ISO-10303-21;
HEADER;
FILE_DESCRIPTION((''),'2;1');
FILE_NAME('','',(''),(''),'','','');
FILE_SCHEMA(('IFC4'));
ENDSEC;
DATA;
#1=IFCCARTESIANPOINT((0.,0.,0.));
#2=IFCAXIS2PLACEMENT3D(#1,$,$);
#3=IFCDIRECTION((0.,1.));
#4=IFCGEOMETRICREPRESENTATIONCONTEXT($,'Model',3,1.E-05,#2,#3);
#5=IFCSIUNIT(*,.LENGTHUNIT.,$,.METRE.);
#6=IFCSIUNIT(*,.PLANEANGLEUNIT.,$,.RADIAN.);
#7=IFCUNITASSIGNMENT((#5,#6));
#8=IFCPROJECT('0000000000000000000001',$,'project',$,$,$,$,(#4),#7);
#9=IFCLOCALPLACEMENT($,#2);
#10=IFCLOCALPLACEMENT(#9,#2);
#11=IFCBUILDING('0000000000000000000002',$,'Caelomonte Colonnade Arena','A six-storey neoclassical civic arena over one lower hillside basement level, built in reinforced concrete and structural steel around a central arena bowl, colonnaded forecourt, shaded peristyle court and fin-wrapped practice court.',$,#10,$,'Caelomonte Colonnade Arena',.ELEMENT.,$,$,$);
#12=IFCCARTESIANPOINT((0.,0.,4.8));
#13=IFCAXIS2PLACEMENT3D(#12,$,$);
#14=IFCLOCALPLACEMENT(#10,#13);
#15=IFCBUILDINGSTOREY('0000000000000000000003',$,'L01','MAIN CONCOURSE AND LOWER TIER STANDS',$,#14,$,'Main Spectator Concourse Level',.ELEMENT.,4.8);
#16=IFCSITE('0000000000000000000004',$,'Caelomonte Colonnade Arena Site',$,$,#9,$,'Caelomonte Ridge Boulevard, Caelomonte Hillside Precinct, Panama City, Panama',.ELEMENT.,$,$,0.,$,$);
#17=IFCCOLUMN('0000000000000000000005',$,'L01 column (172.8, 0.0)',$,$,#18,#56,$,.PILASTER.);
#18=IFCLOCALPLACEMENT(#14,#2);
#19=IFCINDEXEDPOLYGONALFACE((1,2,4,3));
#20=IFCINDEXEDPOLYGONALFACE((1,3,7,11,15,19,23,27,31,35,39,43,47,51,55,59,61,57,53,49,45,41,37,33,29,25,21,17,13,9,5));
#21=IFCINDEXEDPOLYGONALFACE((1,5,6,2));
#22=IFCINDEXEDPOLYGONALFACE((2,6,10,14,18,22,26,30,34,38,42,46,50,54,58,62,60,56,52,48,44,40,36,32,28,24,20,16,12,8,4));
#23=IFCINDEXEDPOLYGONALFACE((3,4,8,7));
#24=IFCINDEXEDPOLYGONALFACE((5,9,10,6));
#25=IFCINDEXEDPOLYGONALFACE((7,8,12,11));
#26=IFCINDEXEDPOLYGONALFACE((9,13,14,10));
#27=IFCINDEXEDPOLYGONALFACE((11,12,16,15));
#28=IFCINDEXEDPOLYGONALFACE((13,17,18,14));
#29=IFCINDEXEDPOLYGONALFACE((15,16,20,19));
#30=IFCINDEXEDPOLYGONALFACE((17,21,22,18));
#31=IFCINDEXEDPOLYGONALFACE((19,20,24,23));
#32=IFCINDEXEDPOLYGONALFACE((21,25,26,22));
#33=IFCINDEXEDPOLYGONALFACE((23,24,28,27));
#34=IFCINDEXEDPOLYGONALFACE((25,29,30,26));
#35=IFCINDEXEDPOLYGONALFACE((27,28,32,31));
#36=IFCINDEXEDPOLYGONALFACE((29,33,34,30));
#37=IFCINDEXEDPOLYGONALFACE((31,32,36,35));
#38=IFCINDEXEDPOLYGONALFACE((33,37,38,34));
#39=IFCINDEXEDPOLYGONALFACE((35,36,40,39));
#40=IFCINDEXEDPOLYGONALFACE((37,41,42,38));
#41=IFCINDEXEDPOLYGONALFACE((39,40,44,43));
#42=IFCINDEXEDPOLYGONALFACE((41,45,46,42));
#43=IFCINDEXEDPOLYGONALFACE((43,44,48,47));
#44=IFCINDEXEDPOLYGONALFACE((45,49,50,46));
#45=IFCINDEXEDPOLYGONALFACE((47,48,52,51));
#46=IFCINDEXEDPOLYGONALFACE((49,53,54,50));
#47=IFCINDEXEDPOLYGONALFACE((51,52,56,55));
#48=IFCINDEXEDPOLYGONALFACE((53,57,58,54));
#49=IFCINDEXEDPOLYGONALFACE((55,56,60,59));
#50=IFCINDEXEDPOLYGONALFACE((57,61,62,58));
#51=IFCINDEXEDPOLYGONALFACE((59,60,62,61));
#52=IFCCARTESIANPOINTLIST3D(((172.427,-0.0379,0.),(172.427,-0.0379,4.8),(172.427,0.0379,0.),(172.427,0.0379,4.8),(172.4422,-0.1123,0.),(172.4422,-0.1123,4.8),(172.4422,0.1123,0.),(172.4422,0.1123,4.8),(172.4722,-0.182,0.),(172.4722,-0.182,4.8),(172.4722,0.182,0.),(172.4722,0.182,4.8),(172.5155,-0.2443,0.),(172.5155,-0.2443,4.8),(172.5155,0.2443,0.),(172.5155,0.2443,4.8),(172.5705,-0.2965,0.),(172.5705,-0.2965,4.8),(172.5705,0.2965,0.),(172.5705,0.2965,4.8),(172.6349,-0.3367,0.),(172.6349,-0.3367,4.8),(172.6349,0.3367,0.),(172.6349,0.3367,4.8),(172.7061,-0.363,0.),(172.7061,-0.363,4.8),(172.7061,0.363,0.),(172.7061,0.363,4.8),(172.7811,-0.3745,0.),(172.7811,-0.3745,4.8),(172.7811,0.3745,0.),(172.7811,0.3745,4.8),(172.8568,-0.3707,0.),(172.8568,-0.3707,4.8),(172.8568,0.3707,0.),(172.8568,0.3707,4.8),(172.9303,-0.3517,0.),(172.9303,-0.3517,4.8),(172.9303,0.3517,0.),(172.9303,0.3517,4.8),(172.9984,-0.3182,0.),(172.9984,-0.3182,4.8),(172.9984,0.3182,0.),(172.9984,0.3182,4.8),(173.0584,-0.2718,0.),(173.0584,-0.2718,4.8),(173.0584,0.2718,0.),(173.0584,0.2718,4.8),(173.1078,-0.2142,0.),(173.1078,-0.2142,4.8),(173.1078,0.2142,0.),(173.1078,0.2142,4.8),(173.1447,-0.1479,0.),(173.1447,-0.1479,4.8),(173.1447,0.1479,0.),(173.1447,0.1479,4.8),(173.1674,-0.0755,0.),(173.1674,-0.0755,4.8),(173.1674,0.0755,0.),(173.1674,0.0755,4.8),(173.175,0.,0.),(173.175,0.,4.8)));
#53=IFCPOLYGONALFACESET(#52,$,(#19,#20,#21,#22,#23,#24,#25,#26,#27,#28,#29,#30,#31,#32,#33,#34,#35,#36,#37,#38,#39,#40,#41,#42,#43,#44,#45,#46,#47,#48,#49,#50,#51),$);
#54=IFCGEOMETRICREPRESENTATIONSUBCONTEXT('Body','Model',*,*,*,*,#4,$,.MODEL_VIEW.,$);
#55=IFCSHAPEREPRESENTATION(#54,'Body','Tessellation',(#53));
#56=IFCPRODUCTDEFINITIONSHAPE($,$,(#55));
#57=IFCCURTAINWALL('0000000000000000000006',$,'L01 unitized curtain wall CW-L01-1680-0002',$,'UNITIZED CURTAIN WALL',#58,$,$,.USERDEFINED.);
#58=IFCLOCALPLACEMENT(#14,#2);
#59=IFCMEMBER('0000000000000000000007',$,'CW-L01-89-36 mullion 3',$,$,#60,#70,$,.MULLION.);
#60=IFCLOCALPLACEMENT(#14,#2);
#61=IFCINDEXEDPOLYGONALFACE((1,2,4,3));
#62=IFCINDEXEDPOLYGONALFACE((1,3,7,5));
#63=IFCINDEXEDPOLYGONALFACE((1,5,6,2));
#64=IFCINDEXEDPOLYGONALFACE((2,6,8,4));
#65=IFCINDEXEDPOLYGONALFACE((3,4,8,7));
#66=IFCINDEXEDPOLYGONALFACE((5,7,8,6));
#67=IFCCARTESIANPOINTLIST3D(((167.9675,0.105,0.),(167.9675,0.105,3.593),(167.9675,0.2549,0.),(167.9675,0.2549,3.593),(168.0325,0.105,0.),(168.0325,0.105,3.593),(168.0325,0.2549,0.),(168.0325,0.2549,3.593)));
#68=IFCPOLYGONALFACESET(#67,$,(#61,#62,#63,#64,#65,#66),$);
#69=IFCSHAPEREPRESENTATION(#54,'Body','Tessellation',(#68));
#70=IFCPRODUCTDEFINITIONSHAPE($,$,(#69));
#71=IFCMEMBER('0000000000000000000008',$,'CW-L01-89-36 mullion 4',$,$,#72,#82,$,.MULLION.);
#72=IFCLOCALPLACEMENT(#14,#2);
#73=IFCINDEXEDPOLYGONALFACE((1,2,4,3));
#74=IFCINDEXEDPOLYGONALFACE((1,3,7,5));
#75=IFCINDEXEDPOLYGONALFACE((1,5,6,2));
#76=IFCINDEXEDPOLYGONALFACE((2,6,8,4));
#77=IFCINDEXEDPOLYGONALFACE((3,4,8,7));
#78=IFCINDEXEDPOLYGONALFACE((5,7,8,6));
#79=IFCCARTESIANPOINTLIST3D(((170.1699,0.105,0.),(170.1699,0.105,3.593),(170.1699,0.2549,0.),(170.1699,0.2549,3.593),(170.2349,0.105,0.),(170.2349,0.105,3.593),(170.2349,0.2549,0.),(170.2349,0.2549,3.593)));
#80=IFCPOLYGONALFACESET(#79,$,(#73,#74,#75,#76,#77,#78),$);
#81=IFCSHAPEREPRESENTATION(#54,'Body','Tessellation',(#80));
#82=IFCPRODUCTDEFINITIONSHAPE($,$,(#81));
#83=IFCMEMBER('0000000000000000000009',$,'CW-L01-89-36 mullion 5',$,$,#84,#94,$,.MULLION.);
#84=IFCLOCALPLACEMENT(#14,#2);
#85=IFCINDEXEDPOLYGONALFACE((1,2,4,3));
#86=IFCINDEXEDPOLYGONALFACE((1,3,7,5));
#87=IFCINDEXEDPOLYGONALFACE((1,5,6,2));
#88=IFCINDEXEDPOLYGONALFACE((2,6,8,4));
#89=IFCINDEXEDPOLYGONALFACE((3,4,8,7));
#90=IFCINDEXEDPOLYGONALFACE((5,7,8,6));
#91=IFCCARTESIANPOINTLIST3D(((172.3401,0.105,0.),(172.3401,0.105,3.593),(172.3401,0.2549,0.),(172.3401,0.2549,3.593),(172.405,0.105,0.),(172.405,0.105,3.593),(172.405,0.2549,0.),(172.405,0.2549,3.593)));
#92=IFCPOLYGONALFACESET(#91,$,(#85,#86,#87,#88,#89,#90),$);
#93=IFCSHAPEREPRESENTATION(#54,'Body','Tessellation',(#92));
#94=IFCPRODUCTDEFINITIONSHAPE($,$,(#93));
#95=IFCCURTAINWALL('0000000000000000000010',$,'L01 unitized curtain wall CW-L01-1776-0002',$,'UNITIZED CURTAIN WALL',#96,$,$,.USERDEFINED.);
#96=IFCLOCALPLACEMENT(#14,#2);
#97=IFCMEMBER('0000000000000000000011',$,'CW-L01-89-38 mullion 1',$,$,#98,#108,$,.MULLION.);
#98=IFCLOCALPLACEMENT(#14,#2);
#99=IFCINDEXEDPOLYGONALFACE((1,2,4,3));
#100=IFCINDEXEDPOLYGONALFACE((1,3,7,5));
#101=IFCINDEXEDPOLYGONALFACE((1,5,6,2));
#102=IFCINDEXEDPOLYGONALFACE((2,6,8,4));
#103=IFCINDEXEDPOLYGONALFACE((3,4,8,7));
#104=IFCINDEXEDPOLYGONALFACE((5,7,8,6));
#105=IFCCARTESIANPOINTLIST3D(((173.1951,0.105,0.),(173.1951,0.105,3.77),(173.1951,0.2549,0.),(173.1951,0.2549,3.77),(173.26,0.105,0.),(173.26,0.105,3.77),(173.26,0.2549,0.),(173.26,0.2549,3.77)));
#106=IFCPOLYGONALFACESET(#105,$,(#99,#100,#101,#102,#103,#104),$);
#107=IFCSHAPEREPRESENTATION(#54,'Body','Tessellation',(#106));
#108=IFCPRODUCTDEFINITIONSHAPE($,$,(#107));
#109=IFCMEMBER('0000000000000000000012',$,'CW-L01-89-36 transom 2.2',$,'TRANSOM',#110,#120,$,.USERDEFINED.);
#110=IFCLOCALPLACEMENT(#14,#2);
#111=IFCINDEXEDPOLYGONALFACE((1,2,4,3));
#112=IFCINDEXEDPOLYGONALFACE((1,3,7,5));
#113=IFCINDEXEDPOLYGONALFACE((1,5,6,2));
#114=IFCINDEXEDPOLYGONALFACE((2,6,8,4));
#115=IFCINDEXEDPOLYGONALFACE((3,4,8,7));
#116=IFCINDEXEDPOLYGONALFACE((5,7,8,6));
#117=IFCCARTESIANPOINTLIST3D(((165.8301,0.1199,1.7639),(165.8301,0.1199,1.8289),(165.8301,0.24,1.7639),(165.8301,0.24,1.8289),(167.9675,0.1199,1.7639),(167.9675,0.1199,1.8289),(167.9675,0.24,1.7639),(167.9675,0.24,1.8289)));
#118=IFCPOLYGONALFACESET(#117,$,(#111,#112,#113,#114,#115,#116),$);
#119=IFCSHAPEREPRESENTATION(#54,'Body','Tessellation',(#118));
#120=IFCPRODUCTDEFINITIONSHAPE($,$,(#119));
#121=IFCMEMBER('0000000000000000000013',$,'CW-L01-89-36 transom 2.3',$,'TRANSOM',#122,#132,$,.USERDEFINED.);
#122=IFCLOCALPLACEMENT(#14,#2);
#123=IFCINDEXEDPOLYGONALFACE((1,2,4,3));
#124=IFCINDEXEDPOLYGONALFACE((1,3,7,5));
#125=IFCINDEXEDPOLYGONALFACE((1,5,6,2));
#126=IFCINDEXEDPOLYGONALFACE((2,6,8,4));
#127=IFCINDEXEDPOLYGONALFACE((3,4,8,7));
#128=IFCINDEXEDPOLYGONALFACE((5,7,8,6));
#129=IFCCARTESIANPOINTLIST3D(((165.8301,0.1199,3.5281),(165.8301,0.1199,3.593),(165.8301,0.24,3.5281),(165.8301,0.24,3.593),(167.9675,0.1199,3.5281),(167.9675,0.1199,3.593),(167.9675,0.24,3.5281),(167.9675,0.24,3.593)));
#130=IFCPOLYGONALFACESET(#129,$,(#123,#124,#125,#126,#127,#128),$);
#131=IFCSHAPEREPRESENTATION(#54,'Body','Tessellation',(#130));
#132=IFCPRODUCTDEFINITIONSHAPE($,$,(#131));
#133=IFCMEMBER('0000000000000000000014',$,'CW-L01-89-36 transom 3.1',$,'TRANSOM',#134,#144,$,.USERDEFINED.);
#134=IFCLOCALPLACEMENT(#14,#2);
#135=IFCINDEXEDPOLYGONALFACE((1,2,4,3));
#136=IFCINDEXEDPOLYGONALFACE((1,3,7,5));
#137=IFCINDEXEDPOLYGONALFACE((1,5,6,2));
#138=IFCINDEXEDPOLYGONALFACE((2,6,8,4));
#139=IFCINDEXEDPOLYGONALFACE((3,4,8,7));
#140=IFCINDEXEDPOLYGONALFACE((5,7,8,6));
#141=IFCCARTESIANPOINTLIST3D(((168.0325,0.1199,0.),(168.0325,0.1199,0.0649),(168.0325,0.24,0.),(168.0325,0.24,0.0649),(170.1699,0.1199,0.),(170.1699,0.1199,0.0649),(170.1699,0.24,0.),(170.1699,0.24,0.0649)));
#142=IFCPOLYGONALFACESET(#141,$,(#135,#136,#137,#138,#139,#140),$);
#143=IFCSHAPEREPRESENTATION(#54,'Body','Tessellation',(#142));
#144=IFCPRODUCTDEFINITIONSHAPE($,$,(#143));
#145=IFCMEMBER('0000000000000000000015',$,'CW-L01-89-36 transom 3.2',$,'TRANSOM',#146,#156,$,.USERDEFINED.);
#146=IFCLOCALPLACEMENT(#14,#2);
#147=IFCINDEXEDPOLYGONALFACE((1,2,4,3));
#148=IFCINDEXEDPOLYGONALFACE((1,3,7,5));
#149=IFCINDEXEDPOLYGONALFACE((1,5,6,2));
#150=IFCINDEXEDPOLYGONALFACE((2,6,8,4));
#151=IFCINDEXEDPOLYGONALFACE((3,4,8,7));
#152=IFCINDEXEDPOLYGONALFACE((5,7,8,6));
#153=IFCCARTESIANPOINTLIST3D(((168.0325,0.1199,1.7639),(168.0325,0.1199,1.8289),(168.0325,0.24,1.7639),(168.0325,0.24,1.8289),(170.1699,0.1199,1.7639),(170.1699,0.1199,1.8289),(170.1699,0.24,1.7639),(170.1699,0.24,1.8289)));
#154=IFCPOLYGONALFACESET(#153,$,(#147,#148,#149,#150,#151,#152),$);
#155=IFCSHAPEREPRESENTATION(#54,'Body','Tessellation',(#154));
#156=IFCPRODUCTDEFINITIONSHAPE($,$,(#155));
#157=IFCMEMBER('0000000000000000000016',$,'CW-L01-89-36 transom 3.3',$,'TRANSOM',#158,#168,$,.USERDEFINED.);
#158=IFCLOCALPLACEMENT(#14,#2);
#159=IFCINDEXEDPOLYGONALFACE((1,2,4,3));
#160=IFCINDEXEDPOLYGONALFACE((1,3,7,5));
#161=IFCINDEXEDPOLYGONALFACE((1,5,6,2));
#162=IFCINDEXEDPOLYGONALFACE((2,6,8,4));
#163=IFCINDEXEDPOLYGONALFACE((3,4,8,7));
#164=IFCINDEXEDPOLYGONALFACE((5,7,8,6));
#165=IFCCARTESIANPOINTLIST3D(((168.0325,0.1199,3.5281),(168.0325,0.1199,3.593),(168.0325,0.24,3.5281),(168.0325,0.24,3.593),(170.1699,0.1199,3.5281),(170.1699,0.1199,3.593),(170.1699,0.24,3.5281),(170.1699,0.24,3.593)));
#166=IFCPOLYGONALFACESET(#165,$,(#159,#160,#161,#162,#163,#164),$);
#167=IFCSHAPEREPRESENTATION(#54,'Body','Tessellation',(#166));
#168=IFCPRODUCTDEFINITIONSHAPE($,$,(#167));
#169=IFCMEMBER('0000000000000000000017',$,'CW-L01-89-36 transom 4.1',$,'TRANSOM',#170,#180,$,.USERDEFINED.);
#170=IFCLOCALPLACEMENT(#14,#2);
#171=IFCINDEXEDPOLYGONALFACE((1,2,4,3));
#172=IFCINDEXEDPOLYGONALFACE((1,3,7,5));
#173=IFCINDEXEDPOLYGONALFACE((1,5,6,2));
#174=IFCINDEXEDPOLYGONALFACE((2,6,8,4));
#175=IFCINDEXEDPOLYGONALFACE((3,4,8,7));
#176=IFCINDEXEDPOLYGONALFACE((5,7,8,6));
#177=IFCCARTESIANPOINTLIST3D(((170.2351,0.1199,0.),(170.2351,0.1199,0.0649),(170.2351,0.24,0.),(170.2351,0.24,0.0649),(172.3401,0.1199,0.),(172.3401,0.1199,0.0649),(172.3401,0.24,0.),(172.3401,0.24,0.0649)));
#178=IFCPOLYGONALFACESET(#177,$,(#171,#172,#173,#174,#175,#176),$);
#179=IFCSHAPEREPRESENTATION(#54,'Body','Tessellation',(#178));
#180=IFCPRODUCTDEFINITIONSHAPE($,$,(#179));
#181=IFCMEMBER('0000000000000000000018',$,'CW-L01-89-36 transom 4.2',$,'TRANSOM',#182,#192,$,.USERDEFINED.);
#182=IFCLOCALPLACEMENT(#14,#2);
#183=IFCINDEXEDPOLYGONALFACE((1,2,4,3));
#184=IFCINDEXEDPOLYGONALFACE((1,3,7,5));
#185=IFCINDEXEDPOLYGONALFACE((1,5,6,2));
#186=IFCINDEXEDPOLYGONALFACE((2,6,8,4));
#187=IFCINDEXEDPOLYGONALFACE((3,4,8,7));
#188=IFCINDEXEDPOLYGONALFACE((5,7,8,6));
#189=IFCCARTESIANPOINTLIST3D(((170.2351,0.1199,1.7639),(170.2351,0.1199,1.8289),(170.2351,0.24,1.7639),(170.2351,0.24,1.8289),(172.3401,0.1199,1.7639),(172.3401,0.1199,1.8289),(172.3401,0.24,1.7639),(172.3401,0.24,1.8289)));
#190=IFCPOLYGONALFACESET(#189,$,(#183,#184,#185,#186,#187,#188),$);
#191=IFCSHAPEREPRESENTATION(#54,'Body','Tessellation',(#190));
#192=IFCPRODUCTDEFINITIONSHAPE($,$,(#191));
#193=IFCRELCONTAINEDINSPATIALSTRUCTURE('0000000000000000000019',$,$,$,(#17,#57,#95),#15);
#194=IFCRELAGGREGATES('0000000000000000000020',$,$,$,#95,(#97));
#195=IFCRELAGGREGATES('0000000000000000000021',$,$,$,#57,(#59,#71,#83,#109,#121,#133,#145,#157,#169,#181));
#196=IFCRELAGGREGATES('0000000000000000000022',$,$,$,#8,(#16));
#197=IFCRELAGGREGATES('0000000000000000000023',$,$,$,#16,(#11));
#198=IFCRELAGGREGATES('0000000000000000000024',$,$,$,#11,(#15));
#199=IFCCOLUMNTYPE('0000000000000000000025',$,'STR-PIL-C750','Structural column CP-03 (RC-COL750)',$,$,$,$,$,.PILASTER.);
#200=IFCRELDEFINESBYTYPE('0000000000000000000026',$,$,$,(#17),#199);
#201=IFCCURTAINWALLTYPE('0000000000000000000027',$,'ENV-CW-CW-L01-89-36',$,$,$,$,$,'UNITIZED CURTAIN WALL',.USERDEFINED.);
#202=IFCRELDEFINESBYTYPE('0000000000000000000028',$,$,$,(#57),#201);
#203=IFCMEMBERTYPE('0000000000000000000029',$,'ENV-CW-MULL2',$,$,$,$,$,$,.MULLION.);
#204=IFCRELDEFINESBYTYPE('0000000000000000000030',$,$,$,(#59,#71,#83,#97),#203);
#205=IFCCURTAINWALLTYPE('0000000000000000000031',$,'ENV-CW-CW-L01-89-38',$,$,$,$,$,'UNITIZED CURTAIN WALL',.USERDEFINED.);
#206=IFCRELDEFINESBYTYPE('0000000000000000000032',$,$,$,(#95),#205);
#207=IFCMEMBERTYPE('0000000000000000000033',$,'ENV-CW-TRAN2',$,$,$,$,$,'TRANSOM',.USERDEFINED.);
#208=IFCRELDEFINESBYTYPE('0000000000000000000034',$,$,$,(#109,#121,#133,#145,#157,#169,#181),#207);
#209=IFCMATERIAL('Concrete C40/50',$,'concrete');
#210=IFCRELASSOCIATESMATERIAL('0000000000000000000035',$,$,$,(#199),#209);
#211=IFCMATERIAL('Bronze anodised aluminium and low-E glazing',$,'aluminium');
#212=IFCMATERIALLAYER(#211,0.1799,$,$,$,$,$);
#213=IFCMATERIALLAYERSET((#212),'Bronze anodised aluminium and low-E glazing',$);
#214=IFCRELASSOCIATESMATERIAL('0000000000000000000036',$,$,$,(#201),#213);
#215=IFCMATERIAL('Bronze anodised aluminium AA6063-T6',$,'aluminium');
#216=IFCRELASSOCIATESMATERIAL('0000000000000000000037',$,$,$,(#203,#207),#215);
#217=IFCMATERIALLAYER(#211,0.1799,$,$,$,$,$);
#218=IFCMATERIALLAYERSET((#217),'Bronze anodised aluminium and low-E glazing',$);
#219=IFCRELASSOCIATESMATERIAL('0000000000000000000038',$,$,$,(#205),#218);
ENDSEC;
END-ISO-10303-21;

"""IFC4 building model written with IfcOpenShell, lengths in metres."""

from ifc_helpers import new_model, si_unit, direction, frame, origin, origin_2d, place, context, subcontext, project, spatial, rectangle, circle, extrude, material, layer, layer_set, material_profile, profile_set, type_object, element, aggregate, save


model = new_model("IFC4")

# Units and contexts
model_context = context("Model", 3, precision=1e-05, world=origin(), true_north=direction((0.0, 1.0)))
body_context = subcontext(model_context, "Body", "Model", "MODEL_VIEW")
ifc_project = project(units=[si_unit("LENGTHUNIT", "METRE"), si_unit("PLANEANGLEUNIT", "RADIAN")], contexts=[model_context])

# Site, building, storey
site_placement = place(None, origin())
site = spatial("IfcSite", under=ifc_project, at=site_placement, Name="Caelomonte Colonnade Arena Site", LongName="Caelomonte Ridge Boulevard, Caelomonte Hillside Precinct, Panama City, Panama", CompositionType="ELEMENT", RefElevation=0.0)
building_placement = place(site_placement, origin())
building = spatial("IfcBuilding", under=site, at=building_placement, Name="Caelomonte Colonnade Arena", Description="A six-storey neoclassical civic arena over one lower hillside basement level, built in reinforced concrete and structural steel around a central arena bowl, colonnaded forecourt, shaded peristyle court and fin-wrapped practice court.", LongName="Caelomonte Colonnade Arena", CompositionType="ELEMENT")
storey_placement = place(building_placement, frame((0.0, 0.0, 4.8)))
storey = spatial("IfcBuildingStorey", under=building, at=storey_placement, Name="L01", Description="MAIN CONCOURSE AND LOWER TIER STANDS", LongName="Main Spectator Concourse Level", CompositionType="ELEMENT", Elevation=4.8)

# Column
ifc_material_1 = material(Name="Concrete C40/50", Category="concrete")
ifc_material_profile_1 = material_profile(ifc_material_1, circle(Radius=0.375, at=origin_2d()), Name="RC-COL750")
ifc_profile_set_1 = profile_set([ifc_material_profile_1], Name="Concrete C40/50")
column_type = type_object("IfcColumnType", Name="STR-PIL-C750", Description="Structural column CP-03 (RC-COL750)", PredefinedType="PILASTER", material=ifc_profile_set_1)
column_placement = place(storey_placement, frame((172.8, 0.0, 0.0), z_axis=(0.0, 0.0, 1.0), x_axis=(1.0, 0.0, 0.0)))
element("IfcColumn", 1, at=column_placement, inside=storey, type_object=column_type, Name="L01 column (172.8, 0.0)", PredefinedType="PILASTER", context=body_context, shape_type="SweptSolid", body=[
    extrude(circle(Radius=0.375, at=origin_2d()), origin(), (0.0, 0.0, 1.0), 4.8),
])

# Curtain wall, members
ifc_material_2 = material(Name="Bronze anodised aluminium and low-E glazing", Category="aluminium")
ifc_layer_1 = layer(ifc_material_2, 0.1799)
ifc_layer_set_1 = layer_set([ifc_layer_1], Name="Bronze anodised aluminium and low-E glazing")
curtain_wall_type_1 = type_object("IfcCurtainWallType", Name="ENV-CW-CW-L01-89-36", ElementType="UNITIZED CURTAIN WALL", PredefinedType="USERDEFINED", material=ifc_layer_set_1)
curtain_wall_1_placement = place(storey_placement, origin())
curtain_wall_1 = element("IfcCurtainWall", 2, at=curtain_wall_1_placement, inside=storey, type_object=curtain_wall_type_1, Name="L01 unitized curtain wall CW-L01-1680-0002", ObjectType="UNITIZED CURTAIN WALL", PredefinedType="USERDEFINED")
ifc_material_3 = material(Name="Bronze anodised aluminium AA6063-T6", Category="aluminium")
ifc_material_profile_2 = material_profile(ifc_material_3, rectangle(XDim=0.0649, YDim=0.1499, at=origin_2d()), Name="CWM-65X150")
ifc_profile_set_2 = profile_set([ifc_material_profile_2], Name="Bronze anodised aluminium AA6063-T6")
member_type_1 = type_object("IfcMemberType", Name="ENV-CW-MULL2", PredefinedType="MULLION", material=ifc_profile_set_2)
member_1_placement = place(storey_placement, frame((168.0, 0.1799, 0.0), z_axis=(0.0, 0.0, 1.0), x_axis=(1.0, 0.0, 0.0)))
member_1 = element("IfcMember", 3, at=member_1_placement, type_object=member_type_1, Name="CW-L01-89-36 mullion 3", PredefinedType="MULLION", context=body_context, shape_type="SweptSolid", body=[
    extrude(rectangle(XDim=0.0649, YDim=0.1499, at=origin_2d()), origin(), (0.0, 0.0, 1.0), 3.593),
])
member_2_placement = place(storey_placement, frame((170.2024, 0.1799, 0.0), z_axis=(0.0, 0.0, 1.0), x_axis=(1.0, 0.0, 0.0)))
member_2 = element("IfcMember", 4, at=member_2_placement, type_object=member_type_1, Name="CW-L01-89-36 mullion 4", PredefinedType="MULLION", context=body_context, shape_type="SweptSolid", body=[
    extrude(rectangle(XDim=0.0649, YDim=0.1499, at=origin_2d()), origin(), (0.0, 0.0, 1.0), 3.593),
])
member_3_placement = place(storey_placement, frame((172.3726, 0.1799, 0.0), z_axis=(0.0, 0.0, 1.0), x_axis=(1.0, 0.0, 0.0)))
member_3 = element("IfcMember", 5, at=member_3_placement, type_object=member_type_1, Name="CW-L01-89-36 mullion 5", PredefinedType="MULLION", context=body_context, shape_type="SweptSolid", body=[
    extrude(rectangle(XDim=0.0649, YDim=0.1499, at=origin_2d()), origin(), (0.0, 0.0, 1.0), 3.593),
])

# Curtain wall, member
ifc_layer_2 = layer(ifc_material_2, 0.1799)
ifc_layer_set_2 = layer_set([ifc_layer_2], Name="Bronze anodised aluminium and low-E glazing")
curtain_wall_type_2 = type_object("IfcCurtainWallType", Name="ENV-CW-CW-L01-89-38", ElementType="UNITIZED CURTAIN WALL", PredefinedType="USERDEFINED", material=ifc_layer_set_2)
curtain_wall_2_placement = place(storey_placement, origin())
curtain_wall_2 = element("IfcCurtainWall", 6, at=curtain_wall_2_placement, inside=storey, type_object=curtain_wall_type_2, Name="L01 unitized curtain wall CW-L01-1776-0002", ObjectType="UNITIZED CURTAIN WALL", PredefinedType="USERDEFINED")
member_4_placement = place(storey_placement, frame((173.2275, 0.1799, 0.0), z_axis=(0.0, 0.0, 1.0), x_axis=(1.0, 0.0, 0.0)))
member_4 = element("IfcMember", 7, at=member_4_placement, type_object=member_type_1, Name="CW-L01-89-38 mullion 1", PredefinedType="MULLION", context=body_context, shape_type="SweptSolid", body=[
    extrude(rectangle(XDim=0.0649, YDim=0.1499, at=origin_2d()), origin(), (0.0, 0.0, 1.0), 3.77),
])

# Members
ifc_material_profile_3 = material_profile(ifc_material_3, rectangle(XDim=0.0649, YDim=0.1201, at=origin_2d()), Name="CWT-65X120")
ifc_profile_set_3 = profile_set([ifc_material_profile_3], Name="Bronze anodised aluminium AA6063-T6")
member_type_2 = type_object("IfcMemberType", Name="ENV-CW-TRAN2", ElementType="TRANSOM", PredefinedType="USERDEFINED", material=ifc_profile_set_3)
member_5_placement = place(storey_placement, frame((165.8301, 0.1799, 1.7964), z_axis=(1.0, 0.0, 0.0), x_axis=(0.0, 0.0, 1.0)))
member_5 = element("IfcMember", 8, at=member_5_placement, type_object=member_type_2, Name="CW-L01-89-36 transom 2.2", ObjectType="TRANSOM", PredefinedType="USERDEFINED", context=body_context, shape_type="SweptSolid", body=[
    extrude(rectangle(XDim=0.0649, YDim=0.1201, at=origin_2d()), origin(), (0.0, 0.0, 1.0), 2.1375),
])
member_6_placement = place(storey_placement, frame((165.8301, 0.1799, 3.5605), z_axis=(1.0, 0.0, 0.0), x_axis=(0.0, 0.0, 1.0)))
member_6 = element("IfcMember", 9, at=member_6_placement, type_object=member_type_2, Name="CW-L01-89-36 transom 2.3", ObjectType="TRANSOM", PredefinedType="USERDEFINED", context=body_context, shape_type="SweptSolid", body=[
    extrude(rectangle(XDim=0.0649, YDim=0.1201, at=origin_2d()), origin(), (0.0, 0.0, 1.0), 2.1375),
])
member_7_placement = place(storey_placement, frame((168.0325, 0.1799, 0.0325), z_axis=(1.0, 0.0, 0.0), x_axis=(0.0, 0.0, 1.0)))
member_7 = element("IfcMember", 10, at=member_7_placement, type_object=member_type_2, Name="CW-L01-89-36 transom 3.1", ObjectType="TRANSOM", PredefinedType="USERDEFINED", context=body_context, shape_type="SweptSolid", body=[
    extrude(rectangle(XDim=0.0649, YDim=0.1201, at=origin_2d()), origin(), (0.0, 0.0, 1.0), 2.1375),
])
member_8_placement = place(storey_placement, frame((168.0325, 0.1799, 1.7964), z_axis=(1.0, 0.0, 0.0), x_axis=(0.0, 0.0, 1.0)))
member_8 = element("IfcMember", 11, at=member_8_placement, type_object=member_type_2, Name="CW-L01-89-36 transom 3.2", ObjectType="TRANSOM", PredefinedType="USERDEFINED", context=body_context, shape_type="SweptSolid", body=[
    extrude(rectangle(XDim=0.0649, YDim=0.1201, at=origin_2d()), origin(), (0.0, 0.0, 1.0), 2.1375),
])
member_9_placement = place(storey_placement, frame((168.0325, 0.1799, 3.5605), z_axis=(1.0, 0.0, 0.0), x_axis=(0.0, 0.0, 1.0)))
member_9 = element("IfcMember", 12, at=member_9_placement, type_object=member_type_2, Name="CW-L01-89-36 transom 3.3", ObjectType="TRANSOM", PredefinedType="USERDEFINED", context=body_context, shape_type="SweptSolid", body=[
    extrude(rectangle(XDim=0.0649, YDim=0.1201, at=origin_2d()), origin(), (0.0, 0.0, 1.0), 2.1375),
])
member_10_placement = place(storey_placement, frame((170.2351, 0.1799, 0.0325), z_axis=(1.0, 0.0, 0.0), x_axis=(0.0, 0.0, 1.0)))
member_10 = element("IfcMember", 13, at=member_10_placement, type_object=member_type_2, Name="CW-L01-89-36 transom 4.1", ObjectType="TRANSOM", PredefinedType="USERDEFINED", context=body_context, shape_type="SweptSolid", body=[
    extrude(rectangle(XDim=0.0649, YDim=0.1201, at=origin_2d()), origin(), (0.0, 0.0, 1.0), 2.105),
])
member_11_placement = place(storey_placement, frame((170.2351, 0.1799, 1.7964), z_axis=(1.0, 0.0, 0.0), x_axis=(0.0, 0.0, 1.0)))
member_11 = element("IfcMember", 14, at=member_11_placement, type_object=member_type_2, Name="CW-L01-89-36 transom 4.2", ObjectType="TRANSOM", PredefinedType="USERDEFINED", context=body_context, shape_type="SweptSolid", body=[
    extrude(rectangle(XDim=0.0649, YDim=0.1201, at=origin_2d()), origin(), (0.0, 0.0, 1.0), 2.105),
])
aggregate(curtain_wall_2, [member_4])

aggregate(curtain_wall_1, [member_1, member_2, member_3, member_5, member_6, member_7, member_8, member_9, member_10, member_11])

save(model, "model.ifc")
